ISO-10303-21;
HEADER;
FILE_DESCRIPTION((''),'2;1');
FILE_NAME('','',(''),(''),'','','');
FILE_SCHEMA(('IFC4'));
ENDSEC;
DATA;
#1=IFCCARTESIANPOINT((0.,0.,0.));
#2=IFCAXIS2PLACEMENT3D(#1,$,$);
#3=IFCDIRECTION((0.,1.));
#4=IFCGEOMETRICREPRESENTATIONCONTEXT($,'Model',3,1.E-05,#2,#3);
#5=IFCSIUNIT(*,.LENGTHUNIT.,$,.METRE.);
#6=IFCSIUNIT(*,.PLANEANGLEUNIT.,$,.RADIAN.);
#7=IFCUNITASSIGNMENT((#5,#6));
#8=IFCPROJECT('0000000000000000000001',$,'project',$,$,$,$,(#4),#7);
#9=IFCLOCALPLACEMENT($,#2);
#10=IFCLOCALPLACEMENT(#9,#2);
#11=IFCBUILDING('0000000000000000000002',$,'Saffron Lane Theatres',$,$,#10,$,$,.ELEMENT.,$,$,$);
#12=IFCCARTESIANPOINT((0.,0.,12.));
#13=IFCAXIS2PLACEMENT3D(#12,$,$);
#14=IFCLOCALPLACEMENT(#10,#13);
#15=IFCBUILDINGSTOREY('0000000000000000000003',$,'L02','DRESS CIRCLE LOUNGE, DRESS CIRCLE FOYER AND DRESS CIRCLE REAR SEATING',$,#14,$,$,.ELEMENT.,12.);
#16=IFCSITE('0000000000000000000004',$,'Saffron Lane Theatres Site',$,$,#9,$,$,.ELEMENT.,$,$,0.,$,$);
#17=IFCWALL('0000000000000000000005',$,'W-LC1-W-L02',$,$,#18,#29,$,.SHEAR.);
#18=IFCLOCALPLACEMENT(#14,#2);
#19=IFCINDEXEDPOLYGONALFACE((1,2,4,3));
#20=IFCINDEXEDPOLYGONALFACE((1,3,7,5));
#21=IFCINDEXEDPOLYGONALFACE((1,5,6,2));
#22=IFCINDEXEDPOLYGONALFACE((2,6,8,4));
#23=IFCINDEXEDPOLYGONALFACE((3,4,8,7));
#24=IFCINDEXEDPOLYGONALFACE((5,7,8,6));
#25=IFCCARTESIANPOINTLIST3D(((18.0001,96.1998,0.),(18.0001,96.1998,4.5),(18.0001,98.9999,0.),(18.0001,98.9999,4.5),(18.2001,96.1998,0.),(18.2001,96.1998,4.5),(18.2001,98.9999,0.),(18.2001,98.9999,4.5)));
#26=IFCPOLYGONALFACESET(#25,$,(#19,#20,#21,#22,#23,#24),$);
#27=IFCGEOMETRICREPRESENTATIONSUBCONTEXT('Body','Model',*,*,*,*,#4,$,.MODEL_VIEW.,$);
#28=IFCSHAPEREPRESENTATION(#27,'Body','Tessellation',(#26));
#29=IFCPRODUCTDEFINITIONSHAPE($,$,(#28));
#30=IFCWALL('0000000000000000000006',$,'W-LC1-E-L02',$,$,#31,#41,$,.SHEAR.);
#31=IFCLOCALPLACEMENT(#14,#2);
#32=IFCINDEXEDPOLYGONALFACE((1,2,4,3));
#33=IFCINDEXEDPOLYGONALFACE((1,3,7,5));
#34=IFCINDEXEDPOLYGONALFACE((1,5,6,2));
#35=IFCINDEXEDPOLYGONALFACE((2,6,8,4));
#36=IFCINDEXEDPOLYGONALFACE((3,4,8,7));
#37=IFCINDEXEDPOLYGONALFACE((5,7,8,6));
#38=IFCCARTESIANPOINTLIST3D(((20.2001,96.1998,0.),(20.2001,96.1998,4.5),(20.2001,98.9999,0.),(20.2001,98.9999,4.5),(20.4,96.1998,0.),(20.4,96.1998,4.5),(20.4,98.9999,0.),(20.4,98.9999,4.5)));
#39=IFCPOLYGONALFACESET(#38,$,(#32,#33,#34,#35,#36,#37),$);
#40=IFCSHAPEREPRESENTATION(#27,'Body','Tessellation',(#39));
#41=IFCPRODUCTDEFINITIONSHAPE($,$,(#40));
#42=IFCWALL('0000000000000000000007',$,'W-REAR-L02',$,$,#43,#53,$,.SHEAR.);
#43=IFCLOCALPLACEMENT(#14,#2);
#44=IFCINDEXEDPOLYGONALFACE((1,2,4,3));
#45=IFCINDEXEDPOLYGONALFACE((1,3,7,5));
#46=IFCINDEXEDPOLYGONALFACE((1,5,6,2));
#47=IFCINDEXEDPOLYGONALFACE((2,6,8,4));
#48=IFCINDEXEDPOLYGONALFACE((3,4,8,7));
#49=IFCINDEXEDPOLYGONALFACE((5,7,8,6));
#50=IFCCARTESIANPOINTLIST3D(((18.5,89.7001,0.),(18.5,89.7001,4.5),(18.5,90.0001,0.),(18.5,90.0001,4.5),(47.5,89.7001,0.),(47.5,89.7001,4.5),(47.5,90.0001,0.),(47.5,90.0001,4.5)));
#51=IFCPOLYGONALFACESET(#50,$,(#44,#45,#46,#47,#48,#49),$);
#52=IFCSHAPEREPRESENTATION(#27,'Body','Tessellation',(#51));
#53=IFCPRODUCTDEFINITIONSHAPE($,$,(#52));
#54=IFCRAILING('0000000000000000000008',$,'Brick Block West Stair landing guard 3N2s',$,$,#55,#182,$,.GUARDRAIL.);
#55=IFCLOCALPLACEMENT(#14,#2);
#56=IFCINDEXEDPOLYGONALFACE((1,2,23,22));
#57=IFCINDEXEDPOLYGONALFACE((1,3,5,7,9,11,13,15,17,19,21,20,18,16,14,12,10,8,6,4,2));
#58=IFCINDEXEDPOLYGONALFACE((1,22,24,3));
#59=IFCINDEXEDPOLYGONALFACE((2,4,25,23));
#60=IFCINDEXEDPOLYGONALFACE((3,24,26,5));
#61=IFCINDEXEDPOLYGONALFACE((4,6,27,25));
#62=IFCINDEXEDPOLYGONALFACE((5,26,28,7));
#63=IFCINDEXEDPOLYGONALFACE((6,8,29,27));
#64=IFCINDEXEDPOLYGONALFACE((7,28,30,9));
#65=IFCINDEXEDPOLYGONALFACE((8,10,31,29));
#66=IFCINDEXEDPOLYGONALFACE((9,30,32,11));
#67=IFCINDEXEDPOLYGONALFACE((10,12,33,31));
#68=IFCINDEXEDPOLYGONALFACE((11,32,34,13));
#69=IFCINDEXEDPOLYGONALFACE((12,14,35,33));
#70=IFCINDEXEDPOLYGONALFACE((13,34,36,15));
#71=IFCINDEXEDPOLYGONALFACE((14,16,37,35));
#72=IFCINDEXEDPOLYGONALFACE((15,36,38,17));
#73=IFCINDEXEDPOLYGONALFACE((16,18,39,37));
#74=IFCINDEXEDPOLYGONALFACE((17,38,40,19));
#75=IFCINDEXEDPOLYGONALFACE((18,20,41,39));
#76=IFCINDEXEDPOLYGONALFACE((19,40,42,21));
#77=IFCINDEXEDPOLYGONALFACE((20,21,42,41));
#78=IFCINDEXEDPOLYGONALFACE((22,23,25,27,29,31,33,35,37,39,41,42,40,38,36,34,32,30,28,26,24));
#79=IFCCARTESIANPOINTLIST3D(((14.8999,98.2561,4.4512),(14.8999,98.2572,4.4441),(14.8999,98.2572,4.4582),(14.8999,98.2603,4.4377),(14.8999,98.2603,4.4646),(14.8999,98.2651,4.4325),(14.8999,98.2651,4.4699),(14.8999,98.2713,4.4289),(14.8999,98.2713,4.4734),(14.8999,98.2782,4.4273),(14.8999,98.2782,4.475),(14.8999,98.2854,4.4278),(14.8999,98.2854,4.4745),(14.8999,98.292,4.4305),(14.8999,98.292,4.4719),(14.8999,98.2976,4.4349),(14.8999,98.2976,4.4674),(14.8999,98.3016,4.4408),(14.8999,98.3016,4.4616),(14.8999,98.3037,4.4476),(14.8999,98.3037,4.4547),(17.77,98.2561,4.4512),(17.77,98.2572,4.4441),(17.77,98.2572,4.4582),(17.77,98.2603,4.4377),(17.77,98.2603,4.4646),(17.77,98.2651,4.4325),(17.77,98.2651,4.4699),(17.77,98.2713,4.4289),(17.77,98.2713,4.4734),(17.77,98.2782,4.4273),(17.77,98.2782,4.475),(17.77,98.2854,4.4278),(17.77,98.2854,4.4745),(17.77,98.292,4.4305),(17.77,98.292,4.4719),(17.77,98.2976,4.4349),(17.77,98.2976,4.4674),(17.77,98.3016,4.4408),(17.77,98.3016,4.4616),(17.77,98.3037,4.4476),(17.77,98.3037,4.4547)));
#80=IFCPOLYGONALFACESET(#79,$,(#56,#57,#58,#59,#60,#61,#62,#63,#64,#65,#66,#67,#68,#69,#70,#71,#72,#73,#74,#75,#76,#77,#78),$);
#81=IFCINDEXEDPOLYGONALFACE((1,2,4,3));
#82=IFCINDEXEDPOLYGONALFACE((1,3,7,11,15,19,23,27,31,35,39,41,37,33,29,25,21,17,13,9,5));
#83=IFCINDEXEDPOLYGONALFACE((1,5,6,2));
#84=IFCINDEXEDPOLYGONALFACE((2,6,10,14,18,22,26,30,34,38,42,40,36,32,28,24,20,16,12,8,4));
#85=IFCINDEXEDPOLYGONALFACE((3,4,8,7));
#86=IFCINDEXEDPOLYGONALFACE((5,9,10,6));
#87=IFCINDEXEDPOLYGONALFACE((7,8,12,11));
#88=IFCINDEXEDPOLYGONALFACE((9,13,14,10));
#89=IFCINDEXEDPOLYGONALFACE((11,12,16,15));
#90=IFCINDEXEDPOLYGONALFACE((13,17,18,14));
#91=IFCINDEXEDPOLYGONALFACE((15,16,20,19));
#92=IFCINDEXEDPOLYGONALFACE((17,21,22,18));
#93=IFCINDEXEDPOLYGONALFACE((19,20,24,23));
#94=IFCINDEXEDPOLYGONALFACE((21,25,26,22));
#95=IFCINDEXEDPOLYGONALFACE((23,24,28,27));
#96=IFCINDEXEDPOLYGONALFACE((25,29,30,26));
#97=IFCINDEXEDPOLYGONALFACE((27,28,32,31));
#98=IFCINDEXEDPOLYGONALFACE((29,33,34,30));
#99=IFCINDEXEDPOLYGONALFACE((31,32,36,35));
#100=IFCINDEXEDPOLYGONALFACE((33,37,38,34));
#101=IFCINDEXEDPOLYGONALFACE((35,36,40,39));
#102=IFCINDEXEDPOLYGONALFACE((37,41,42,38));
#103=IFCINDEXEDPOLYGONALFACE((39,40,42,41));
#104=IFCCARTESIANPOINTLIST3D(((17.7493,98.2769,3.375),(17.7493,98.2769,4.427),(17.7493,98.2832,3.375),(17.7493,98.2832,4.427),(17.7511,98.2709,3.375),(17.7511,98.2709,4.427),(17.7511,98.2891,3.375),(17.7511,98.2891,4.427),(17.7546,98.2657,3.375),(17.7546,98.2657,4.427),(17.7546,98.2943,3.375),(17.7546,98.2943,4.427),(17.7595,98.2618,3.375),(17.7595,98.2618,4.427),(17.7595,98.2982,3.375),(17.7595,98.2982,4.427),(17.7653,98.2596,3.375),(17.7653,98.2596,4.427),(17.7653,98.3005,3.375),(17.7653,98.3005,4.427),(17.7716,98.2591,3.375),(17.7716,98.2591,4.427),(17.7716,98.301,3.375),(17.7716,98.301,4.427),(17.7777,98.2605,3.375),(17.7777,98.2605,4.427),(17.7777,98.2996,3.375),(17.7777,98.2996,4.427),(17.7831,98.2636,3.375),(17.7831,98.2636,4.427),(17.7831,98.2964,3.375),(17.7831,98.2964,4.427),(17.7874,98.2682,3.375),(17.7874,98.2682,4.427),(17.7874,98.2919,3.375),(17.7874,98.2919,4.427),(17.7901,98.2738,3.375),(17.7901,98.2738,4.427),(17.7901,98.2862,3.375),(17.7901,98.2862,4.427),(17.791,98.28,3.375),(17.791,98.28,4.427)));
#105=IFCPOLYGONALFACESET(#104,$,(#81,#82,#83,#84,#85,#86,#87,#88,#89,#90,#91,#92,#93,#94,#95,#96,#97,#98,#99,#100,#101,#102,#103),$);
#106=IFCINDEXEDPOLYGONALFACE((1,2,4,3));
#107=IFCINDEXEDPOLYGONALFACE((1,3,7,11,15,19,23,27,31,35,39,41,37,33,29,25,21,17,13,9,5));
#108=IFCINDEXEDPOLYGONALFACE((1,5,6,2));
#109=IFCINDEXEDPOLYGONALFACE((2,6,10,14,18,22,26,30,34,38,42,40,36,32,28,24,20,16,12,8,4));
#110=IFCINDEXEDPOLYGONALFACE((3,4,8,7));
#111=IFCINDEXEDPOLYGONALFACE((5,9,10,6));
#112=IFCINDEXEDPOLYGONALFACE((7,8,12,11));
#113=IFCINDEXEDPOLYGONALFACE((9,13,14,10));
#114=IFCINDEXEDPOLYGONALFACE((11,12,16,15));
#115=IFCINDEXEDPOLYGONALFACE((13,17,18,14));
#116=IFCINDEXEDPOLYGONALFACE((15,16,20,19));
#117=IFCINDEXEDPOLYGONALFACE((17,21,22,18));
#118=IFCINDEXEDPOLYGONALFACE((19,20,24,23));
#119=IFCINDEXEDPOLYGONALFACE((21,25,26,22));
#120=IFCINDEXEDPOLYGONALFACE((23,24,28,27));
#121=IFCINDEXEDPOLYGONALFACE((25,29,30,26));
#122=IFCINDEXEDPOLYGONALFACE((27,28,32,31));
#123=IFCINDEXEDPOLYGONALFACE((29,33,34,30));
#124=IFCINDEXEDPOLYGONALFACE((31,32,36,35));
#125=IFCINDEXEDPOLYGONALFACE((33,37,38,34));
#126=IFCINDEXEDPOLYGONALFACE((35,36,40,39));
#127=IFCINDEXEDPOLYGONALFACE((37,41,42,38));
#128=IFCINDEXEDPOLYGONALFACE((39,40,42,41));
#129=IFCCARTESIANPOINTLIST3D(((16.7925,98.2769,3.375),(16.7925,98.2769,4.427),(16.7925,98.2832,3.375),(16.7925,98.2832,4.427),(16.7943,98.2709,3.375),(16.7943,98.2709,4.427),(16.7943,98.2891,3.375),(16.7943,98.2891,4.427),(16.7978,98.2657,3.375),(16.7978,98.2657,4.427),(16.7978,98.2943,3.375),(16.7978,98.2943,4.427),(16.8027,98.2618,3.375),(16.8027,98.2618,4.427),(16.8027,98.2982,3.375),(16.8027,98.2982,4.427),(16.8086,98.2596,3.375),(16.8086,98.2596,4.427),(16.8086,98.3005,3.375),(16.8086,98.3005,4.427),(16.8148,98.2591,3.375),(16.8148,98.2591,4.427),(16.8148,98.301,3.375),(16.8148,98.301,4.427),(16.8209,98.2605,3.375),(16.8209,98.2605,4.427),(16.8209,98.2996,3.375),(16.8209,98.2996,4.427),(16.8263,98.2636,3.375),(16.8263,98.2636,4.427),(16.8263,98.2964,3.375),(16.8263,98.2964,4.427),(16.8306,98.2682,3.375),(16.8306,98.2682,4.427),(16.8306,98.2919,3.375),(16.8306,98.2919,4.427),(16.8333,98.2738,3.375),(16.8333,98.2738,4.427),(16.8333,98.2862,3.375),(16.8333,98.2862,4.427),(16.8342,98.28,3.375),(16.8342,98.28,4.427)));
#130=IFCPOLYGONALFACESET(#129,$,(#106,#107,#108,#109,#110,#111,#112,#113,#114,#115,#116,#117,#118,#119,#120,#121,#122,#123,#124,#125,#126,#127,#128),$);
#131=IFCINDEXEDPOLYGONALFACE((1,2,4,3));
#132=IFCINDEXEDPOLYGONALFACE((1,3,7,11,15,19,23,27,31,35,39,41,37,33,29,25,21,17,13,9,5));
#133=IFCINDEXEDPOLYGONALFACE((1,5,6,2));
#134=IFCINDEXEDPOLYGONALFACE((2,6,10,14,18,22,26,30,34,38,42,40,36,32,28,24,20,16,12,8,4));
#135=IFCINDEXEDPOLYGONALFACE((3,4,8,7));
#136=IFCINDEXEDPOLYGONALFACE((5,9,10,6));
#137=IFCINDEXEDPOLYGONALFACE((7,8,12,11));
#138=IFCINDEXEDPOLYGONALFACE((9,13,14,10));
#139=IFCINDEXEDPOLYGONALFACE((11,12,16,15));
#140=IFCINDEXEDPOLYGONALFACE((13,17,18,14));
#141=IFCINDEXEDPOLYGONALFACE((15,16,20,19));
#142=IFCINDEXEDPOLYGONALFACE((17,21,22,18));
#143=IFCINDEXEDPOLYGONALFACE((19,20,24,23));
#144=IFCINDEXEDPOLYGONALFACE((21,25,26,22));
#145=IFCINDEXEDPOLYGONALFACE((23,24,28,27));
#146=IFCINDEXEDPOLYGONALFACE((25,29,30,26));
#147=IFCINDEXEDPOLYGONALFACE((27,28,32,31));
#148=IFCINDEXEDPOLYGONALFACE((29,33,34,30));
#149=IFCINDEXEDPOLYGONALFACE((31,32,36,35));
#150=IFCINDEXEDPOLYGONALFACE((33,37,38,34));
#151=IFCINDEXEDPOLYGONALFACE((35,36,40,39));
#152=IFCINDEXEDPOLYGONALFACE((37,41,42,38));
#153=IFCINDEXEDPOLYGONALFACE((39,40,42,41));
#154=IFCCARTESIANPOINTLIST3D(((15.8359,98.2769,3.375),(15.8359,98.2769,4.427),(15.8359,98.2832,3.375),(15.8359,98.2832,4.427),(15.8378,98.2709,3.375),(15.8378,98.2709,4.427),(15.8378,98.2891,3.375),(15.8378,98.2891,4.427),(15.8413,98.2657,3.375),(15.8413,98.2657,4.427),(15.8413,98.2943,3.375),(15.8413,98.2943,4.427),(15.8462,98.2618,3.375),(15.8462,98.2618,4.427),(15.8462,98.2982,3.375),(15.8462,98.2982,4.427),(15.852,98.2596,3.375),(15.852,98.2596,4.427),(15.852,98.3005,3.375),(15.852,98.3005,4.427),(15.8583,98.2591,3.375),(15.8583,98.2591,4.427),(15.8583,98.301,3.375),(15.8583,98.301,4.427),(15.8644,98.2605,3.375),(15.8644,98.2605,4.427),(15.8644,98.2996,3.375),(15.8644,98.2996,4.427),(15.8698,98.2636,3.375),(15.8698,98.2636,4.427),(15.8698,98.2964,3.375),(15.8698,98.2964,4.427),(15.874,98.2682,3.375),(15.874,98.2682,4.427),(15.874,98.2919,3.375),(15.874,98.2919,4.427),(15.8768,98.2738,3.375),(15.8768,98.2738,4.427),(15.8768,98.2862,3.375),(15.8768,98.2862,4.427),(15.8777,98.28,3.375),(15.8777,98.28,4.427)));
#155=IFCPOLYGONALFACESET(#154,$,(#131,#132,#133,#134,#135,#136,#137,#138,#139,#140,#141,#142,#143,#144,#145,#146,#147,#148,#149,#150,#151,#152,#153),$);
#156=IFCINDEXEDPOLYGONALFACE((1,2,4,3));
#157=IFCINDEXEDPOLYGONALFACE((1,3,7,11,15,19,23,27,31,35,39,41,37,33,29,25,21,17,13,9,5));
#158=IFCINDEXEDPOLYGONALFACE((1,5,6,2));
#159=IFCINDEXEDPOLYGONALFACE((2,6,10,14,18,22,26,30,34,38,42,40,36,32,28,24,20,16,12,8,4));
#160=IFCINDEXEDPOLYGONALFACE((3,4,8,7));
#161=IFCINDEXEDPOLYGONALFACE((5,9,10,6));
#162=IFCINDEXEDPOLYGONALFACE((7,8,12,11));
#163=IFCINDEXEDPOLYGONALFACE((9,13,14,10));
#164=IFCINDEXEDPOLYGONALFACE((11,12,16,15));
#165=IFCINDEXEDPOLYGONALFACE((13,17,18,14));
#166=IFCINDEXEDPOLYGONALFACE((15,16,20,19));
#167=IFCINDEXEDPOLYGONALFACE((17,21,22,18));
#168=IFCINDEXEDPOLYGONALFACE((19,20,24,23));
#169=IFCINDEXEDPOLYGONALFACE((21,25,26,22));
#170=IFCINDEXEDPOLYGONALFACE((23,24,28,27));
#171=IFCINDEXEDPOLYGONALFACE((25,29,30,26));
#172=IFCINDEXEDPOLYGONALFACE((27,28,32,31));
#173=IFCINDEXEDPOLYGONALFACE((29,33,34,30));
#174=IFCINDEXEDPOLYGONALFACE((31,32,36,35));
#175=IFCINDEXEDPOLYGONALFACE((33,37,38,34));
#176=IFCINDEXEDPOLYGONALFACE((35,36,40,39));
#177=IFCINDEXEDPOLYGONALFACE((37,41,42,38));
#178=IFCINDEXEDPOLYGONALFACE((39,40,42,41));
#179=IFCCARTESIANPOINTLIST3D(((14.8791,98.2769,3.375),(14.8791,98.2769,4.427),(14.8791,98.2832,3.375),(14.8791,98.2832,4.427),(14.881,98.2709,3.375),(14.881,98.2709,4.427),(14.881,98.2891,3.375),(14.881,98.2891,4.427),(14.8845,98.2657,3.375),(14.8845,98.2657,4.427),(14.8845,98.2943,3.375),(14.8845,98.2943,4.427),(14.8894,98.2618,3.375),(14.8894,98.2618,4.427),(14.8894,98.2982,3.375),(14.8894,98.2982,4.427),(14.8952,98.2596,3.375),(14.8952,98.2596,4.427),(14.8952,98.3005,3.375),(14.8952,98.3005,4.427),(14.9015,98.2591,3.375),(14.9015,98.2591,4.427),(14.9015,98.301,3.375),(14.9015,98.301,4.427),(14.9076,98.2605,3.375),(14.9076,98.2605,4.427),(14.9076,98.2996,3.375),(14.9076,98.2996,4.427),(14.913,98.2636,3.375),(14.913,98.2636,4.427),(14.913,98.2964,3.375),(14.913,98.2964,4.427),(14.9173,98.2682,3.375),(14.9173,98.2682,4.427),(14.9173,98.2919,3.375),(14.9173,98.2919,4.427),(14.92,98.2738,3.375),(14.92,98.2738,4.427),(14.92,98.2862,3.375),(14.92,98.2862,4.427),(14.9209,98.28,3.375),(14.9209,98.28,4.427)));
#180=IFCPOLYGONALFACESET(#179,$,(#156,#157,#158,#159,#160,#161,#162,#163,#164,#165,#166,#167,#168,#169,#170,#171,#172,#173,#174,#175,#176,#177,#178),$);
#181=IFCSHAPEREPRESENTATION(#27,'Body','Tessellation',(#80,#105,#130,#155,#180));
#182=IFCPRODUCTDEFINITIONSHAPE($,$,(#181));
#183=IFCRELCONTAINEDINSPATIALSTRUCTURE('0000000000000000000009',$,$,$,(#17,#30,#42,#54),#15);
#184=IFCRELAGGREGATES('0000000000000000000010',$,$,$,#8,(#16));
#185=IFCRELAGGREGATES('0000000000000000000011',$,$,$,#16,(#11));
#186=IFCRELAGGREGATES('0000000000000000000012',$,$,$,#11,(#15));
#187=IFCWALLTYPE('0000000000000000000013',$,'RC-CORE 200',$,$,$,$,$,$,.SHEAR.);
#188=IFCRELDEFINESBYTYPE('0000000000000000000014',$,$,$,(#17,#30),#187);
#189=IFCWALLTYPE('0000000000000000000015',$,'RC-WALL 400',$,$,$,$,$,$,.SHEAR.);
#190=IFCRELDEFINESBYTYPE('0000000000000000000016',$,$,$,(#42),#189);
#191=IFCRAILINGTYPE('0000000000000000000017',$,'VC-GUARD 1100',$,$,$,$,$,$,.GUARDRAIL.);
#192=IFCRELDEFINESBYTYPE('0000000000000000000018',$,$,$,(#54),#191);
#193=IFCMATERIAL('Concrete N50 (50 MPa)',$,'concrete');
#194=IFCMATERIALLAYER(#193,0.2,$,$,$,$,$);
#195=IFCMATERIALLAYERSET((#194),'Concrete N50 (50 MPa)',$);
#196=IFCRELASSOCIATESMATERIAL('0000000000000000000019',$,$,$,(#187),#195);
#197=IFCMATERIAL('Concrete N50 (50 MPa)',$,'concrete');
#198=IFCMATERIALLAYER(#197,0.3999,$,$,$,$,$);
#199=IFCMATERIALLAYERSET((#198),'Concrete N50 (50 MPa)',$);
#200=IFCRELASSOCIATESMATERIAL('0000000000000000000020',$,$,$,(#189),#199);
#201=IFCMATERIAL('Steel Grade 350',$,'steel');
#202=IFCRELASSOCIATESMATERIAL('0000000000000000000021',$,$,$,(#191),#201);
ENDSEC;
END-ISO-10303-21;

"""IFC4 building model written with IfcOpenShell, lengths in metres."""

from ifc_helpers import new_model, si_unit, direction, frame, frame_2d, origin, origin_2d, place, context, subcontext, project, spatial, rectangle, circle, extrude, material, layer, layer_set, type_object, element, save


model = new_model("IFC4")

# Units and contexts
model_context = context("Model", 3, precision=1e-05, world=origin(), true_north=direction((0.0, 1.0)))
body_context = subcontext(model_context, "Body", "Model", "MODEL_VIEW")
ifc_project = project(units=[si_unit("LENGTHUNIT", "METRE"), si_unit("PLANEANGLEUNIT", "RADIAN")], contexts=[model_context])

# Site, building, storey
site_placement = place(None, origin())
site = spatial("IfcSite", under=ifc_project, at=site_placement, Name="Saffron Lane Theatres Site", CompositionType="ELEMENT", RefElevation=0.0)
building_placement = place(site_placement, origin())
building = spatial("IfcBuilding", under=site, at=building_placement, Name="Saffron Lane Theatres", CompositionType="ELEMENT")
storey_placement = place(building_placement, frame((0.0, 0.0, 12.0)))
storey = spatial("IfcBuildingStorey", under=building, at=storey_placement, Name="L02", Description="DRESS CIRCLE LOUNGE, DRESS CIRCLE FOYER AND DRESS CIRCLE REAR SEATING", CompositionType="ELEMENT", Elevation=12.0)

# Walls
ifc_material_1 = material(Name="Concrete N50 (50 MPa)", Category="concrete")
ifc_layer_1 = layer(ifc_material_1, 0.2)
ifc_layer_set_1 = layer_set([ifc_layer_1], Name="Concrete N50 (50 MPa)")
wall_type_1 = type_object("IfcWallType", Name="RC-CORE 200", PredefinedType="SHEAR", material=ifc_layer_set_1)
for number, where, z_axis, x_axis, name in (
    (1, (18.1001, 96.2, 0.0), (0.0, 0.0, 1.0), (0.0, 1.0, 0.0), "W-LC1-W-L02"),
    (2, (20.3, 96.2, 0.0), (0.0, 0.0, 1.0), (0.0, 1.0, 0.0), "W-LC1-E-L02"),
):
    element("IfcWall", number, at=place(storey_placement, frame(where, z_axis=z_axis, x_axis=x_axis)), inside=storey, type_object=wall_type_1, Name=name, PredefinedType="SHEAR", context=body_context, shape_type="SweptSolid", body=[
        extrude(rectangle(XDim=2.8, YDim=0.2, at=frame_2d((1.3999, 0.0))), origin(), (0.0, 0.0, 1.0), 4.5),
    ])
ifc_material_2 = material(Name="Concrete N50 (50 MPa)", Category="concrete")
ifc_layer_2 = layer(ifc_material_2, 0.3999)
ifc_layer_set_2 = layer_set([ifc_layer_2], Name="Concrete N50 (50 MPa)")
wall_type_2 = type_object("IfcWallType", Name="RC-WALL 400", PredefinedType="SHEAR", material=ifc_layer_set_2)
wall_1_placement = place(storey_placement, frame((18.5, 89.8501, 0.0), z_axis=(0.0, 0.0, 1.0), x_axis=(1.0, 0.0, 0.0)))
element("IfcWall", 3, at=wall_1_placement, inside=storey, type_object=wall_type_2, Name="W-REAR-L02", PredefinedType="SHEAR", context=body_context, shape_type="SweptSolid", body=[
    extrude(rectangle(XDim=29.0, YDim=0.3, at=frame_2d((14.5, 0.0))), origin(), (0.0, 0.0, 1.0), 4.5),
])

# Railing
ifc_material_3 = material(Name="Steel Grade 350", Category="steel")
railing_type_1 = type_object("IfcRailingType", Name="VC-GUARD 1100", PredefinedType="GUARDRAIL", material=ifc_material_3)
railing_1_placement = place(storey_placement, frame((17.77, 98.28, 3.375)))
element("IfcRailing", 4, at=railing_1_placement, inside=storey, type_object=railing_type_1, Name="Brick Block West Stair landing guard 3N2s", PredefinedType="GUARDRAIL", context=body_context, shape_type="SweptSolid", body=[
    extrude(circle(Radius=0.0239, at=origin_2d()), frame((0.0, 0.0, 1.0762), z_axis=(-1.0, 0.0, 0.0), x_axis=(0.0, -1.0, 0.0)), (0.0, 0.0, 1.0), 2.8701),
    extrude(circle(Radius=0.021, at=origin_2d()), origin(), (0.0, 0.0, 1.0), 1.052),
    extrude(circle(Radius=0.021, at=origin_2d()), frame((-0.9568, 0.0, 0.0)), (0.0, 0.0, 1.0), 1.052),
    extrude(circle(Radius=0.021, at=origin_2d()), frame((-1.9133, 0.0, 0.0)), (0.0, 0.0, 1.0), 1.052),
    extrude(circle(Radius=0.021, at=origin_2d()), frame((-2.8701, 0.0, 0.0)), (0.0, 0.0, 1.0), 1.052),
])

save(model, "model.ifc")
